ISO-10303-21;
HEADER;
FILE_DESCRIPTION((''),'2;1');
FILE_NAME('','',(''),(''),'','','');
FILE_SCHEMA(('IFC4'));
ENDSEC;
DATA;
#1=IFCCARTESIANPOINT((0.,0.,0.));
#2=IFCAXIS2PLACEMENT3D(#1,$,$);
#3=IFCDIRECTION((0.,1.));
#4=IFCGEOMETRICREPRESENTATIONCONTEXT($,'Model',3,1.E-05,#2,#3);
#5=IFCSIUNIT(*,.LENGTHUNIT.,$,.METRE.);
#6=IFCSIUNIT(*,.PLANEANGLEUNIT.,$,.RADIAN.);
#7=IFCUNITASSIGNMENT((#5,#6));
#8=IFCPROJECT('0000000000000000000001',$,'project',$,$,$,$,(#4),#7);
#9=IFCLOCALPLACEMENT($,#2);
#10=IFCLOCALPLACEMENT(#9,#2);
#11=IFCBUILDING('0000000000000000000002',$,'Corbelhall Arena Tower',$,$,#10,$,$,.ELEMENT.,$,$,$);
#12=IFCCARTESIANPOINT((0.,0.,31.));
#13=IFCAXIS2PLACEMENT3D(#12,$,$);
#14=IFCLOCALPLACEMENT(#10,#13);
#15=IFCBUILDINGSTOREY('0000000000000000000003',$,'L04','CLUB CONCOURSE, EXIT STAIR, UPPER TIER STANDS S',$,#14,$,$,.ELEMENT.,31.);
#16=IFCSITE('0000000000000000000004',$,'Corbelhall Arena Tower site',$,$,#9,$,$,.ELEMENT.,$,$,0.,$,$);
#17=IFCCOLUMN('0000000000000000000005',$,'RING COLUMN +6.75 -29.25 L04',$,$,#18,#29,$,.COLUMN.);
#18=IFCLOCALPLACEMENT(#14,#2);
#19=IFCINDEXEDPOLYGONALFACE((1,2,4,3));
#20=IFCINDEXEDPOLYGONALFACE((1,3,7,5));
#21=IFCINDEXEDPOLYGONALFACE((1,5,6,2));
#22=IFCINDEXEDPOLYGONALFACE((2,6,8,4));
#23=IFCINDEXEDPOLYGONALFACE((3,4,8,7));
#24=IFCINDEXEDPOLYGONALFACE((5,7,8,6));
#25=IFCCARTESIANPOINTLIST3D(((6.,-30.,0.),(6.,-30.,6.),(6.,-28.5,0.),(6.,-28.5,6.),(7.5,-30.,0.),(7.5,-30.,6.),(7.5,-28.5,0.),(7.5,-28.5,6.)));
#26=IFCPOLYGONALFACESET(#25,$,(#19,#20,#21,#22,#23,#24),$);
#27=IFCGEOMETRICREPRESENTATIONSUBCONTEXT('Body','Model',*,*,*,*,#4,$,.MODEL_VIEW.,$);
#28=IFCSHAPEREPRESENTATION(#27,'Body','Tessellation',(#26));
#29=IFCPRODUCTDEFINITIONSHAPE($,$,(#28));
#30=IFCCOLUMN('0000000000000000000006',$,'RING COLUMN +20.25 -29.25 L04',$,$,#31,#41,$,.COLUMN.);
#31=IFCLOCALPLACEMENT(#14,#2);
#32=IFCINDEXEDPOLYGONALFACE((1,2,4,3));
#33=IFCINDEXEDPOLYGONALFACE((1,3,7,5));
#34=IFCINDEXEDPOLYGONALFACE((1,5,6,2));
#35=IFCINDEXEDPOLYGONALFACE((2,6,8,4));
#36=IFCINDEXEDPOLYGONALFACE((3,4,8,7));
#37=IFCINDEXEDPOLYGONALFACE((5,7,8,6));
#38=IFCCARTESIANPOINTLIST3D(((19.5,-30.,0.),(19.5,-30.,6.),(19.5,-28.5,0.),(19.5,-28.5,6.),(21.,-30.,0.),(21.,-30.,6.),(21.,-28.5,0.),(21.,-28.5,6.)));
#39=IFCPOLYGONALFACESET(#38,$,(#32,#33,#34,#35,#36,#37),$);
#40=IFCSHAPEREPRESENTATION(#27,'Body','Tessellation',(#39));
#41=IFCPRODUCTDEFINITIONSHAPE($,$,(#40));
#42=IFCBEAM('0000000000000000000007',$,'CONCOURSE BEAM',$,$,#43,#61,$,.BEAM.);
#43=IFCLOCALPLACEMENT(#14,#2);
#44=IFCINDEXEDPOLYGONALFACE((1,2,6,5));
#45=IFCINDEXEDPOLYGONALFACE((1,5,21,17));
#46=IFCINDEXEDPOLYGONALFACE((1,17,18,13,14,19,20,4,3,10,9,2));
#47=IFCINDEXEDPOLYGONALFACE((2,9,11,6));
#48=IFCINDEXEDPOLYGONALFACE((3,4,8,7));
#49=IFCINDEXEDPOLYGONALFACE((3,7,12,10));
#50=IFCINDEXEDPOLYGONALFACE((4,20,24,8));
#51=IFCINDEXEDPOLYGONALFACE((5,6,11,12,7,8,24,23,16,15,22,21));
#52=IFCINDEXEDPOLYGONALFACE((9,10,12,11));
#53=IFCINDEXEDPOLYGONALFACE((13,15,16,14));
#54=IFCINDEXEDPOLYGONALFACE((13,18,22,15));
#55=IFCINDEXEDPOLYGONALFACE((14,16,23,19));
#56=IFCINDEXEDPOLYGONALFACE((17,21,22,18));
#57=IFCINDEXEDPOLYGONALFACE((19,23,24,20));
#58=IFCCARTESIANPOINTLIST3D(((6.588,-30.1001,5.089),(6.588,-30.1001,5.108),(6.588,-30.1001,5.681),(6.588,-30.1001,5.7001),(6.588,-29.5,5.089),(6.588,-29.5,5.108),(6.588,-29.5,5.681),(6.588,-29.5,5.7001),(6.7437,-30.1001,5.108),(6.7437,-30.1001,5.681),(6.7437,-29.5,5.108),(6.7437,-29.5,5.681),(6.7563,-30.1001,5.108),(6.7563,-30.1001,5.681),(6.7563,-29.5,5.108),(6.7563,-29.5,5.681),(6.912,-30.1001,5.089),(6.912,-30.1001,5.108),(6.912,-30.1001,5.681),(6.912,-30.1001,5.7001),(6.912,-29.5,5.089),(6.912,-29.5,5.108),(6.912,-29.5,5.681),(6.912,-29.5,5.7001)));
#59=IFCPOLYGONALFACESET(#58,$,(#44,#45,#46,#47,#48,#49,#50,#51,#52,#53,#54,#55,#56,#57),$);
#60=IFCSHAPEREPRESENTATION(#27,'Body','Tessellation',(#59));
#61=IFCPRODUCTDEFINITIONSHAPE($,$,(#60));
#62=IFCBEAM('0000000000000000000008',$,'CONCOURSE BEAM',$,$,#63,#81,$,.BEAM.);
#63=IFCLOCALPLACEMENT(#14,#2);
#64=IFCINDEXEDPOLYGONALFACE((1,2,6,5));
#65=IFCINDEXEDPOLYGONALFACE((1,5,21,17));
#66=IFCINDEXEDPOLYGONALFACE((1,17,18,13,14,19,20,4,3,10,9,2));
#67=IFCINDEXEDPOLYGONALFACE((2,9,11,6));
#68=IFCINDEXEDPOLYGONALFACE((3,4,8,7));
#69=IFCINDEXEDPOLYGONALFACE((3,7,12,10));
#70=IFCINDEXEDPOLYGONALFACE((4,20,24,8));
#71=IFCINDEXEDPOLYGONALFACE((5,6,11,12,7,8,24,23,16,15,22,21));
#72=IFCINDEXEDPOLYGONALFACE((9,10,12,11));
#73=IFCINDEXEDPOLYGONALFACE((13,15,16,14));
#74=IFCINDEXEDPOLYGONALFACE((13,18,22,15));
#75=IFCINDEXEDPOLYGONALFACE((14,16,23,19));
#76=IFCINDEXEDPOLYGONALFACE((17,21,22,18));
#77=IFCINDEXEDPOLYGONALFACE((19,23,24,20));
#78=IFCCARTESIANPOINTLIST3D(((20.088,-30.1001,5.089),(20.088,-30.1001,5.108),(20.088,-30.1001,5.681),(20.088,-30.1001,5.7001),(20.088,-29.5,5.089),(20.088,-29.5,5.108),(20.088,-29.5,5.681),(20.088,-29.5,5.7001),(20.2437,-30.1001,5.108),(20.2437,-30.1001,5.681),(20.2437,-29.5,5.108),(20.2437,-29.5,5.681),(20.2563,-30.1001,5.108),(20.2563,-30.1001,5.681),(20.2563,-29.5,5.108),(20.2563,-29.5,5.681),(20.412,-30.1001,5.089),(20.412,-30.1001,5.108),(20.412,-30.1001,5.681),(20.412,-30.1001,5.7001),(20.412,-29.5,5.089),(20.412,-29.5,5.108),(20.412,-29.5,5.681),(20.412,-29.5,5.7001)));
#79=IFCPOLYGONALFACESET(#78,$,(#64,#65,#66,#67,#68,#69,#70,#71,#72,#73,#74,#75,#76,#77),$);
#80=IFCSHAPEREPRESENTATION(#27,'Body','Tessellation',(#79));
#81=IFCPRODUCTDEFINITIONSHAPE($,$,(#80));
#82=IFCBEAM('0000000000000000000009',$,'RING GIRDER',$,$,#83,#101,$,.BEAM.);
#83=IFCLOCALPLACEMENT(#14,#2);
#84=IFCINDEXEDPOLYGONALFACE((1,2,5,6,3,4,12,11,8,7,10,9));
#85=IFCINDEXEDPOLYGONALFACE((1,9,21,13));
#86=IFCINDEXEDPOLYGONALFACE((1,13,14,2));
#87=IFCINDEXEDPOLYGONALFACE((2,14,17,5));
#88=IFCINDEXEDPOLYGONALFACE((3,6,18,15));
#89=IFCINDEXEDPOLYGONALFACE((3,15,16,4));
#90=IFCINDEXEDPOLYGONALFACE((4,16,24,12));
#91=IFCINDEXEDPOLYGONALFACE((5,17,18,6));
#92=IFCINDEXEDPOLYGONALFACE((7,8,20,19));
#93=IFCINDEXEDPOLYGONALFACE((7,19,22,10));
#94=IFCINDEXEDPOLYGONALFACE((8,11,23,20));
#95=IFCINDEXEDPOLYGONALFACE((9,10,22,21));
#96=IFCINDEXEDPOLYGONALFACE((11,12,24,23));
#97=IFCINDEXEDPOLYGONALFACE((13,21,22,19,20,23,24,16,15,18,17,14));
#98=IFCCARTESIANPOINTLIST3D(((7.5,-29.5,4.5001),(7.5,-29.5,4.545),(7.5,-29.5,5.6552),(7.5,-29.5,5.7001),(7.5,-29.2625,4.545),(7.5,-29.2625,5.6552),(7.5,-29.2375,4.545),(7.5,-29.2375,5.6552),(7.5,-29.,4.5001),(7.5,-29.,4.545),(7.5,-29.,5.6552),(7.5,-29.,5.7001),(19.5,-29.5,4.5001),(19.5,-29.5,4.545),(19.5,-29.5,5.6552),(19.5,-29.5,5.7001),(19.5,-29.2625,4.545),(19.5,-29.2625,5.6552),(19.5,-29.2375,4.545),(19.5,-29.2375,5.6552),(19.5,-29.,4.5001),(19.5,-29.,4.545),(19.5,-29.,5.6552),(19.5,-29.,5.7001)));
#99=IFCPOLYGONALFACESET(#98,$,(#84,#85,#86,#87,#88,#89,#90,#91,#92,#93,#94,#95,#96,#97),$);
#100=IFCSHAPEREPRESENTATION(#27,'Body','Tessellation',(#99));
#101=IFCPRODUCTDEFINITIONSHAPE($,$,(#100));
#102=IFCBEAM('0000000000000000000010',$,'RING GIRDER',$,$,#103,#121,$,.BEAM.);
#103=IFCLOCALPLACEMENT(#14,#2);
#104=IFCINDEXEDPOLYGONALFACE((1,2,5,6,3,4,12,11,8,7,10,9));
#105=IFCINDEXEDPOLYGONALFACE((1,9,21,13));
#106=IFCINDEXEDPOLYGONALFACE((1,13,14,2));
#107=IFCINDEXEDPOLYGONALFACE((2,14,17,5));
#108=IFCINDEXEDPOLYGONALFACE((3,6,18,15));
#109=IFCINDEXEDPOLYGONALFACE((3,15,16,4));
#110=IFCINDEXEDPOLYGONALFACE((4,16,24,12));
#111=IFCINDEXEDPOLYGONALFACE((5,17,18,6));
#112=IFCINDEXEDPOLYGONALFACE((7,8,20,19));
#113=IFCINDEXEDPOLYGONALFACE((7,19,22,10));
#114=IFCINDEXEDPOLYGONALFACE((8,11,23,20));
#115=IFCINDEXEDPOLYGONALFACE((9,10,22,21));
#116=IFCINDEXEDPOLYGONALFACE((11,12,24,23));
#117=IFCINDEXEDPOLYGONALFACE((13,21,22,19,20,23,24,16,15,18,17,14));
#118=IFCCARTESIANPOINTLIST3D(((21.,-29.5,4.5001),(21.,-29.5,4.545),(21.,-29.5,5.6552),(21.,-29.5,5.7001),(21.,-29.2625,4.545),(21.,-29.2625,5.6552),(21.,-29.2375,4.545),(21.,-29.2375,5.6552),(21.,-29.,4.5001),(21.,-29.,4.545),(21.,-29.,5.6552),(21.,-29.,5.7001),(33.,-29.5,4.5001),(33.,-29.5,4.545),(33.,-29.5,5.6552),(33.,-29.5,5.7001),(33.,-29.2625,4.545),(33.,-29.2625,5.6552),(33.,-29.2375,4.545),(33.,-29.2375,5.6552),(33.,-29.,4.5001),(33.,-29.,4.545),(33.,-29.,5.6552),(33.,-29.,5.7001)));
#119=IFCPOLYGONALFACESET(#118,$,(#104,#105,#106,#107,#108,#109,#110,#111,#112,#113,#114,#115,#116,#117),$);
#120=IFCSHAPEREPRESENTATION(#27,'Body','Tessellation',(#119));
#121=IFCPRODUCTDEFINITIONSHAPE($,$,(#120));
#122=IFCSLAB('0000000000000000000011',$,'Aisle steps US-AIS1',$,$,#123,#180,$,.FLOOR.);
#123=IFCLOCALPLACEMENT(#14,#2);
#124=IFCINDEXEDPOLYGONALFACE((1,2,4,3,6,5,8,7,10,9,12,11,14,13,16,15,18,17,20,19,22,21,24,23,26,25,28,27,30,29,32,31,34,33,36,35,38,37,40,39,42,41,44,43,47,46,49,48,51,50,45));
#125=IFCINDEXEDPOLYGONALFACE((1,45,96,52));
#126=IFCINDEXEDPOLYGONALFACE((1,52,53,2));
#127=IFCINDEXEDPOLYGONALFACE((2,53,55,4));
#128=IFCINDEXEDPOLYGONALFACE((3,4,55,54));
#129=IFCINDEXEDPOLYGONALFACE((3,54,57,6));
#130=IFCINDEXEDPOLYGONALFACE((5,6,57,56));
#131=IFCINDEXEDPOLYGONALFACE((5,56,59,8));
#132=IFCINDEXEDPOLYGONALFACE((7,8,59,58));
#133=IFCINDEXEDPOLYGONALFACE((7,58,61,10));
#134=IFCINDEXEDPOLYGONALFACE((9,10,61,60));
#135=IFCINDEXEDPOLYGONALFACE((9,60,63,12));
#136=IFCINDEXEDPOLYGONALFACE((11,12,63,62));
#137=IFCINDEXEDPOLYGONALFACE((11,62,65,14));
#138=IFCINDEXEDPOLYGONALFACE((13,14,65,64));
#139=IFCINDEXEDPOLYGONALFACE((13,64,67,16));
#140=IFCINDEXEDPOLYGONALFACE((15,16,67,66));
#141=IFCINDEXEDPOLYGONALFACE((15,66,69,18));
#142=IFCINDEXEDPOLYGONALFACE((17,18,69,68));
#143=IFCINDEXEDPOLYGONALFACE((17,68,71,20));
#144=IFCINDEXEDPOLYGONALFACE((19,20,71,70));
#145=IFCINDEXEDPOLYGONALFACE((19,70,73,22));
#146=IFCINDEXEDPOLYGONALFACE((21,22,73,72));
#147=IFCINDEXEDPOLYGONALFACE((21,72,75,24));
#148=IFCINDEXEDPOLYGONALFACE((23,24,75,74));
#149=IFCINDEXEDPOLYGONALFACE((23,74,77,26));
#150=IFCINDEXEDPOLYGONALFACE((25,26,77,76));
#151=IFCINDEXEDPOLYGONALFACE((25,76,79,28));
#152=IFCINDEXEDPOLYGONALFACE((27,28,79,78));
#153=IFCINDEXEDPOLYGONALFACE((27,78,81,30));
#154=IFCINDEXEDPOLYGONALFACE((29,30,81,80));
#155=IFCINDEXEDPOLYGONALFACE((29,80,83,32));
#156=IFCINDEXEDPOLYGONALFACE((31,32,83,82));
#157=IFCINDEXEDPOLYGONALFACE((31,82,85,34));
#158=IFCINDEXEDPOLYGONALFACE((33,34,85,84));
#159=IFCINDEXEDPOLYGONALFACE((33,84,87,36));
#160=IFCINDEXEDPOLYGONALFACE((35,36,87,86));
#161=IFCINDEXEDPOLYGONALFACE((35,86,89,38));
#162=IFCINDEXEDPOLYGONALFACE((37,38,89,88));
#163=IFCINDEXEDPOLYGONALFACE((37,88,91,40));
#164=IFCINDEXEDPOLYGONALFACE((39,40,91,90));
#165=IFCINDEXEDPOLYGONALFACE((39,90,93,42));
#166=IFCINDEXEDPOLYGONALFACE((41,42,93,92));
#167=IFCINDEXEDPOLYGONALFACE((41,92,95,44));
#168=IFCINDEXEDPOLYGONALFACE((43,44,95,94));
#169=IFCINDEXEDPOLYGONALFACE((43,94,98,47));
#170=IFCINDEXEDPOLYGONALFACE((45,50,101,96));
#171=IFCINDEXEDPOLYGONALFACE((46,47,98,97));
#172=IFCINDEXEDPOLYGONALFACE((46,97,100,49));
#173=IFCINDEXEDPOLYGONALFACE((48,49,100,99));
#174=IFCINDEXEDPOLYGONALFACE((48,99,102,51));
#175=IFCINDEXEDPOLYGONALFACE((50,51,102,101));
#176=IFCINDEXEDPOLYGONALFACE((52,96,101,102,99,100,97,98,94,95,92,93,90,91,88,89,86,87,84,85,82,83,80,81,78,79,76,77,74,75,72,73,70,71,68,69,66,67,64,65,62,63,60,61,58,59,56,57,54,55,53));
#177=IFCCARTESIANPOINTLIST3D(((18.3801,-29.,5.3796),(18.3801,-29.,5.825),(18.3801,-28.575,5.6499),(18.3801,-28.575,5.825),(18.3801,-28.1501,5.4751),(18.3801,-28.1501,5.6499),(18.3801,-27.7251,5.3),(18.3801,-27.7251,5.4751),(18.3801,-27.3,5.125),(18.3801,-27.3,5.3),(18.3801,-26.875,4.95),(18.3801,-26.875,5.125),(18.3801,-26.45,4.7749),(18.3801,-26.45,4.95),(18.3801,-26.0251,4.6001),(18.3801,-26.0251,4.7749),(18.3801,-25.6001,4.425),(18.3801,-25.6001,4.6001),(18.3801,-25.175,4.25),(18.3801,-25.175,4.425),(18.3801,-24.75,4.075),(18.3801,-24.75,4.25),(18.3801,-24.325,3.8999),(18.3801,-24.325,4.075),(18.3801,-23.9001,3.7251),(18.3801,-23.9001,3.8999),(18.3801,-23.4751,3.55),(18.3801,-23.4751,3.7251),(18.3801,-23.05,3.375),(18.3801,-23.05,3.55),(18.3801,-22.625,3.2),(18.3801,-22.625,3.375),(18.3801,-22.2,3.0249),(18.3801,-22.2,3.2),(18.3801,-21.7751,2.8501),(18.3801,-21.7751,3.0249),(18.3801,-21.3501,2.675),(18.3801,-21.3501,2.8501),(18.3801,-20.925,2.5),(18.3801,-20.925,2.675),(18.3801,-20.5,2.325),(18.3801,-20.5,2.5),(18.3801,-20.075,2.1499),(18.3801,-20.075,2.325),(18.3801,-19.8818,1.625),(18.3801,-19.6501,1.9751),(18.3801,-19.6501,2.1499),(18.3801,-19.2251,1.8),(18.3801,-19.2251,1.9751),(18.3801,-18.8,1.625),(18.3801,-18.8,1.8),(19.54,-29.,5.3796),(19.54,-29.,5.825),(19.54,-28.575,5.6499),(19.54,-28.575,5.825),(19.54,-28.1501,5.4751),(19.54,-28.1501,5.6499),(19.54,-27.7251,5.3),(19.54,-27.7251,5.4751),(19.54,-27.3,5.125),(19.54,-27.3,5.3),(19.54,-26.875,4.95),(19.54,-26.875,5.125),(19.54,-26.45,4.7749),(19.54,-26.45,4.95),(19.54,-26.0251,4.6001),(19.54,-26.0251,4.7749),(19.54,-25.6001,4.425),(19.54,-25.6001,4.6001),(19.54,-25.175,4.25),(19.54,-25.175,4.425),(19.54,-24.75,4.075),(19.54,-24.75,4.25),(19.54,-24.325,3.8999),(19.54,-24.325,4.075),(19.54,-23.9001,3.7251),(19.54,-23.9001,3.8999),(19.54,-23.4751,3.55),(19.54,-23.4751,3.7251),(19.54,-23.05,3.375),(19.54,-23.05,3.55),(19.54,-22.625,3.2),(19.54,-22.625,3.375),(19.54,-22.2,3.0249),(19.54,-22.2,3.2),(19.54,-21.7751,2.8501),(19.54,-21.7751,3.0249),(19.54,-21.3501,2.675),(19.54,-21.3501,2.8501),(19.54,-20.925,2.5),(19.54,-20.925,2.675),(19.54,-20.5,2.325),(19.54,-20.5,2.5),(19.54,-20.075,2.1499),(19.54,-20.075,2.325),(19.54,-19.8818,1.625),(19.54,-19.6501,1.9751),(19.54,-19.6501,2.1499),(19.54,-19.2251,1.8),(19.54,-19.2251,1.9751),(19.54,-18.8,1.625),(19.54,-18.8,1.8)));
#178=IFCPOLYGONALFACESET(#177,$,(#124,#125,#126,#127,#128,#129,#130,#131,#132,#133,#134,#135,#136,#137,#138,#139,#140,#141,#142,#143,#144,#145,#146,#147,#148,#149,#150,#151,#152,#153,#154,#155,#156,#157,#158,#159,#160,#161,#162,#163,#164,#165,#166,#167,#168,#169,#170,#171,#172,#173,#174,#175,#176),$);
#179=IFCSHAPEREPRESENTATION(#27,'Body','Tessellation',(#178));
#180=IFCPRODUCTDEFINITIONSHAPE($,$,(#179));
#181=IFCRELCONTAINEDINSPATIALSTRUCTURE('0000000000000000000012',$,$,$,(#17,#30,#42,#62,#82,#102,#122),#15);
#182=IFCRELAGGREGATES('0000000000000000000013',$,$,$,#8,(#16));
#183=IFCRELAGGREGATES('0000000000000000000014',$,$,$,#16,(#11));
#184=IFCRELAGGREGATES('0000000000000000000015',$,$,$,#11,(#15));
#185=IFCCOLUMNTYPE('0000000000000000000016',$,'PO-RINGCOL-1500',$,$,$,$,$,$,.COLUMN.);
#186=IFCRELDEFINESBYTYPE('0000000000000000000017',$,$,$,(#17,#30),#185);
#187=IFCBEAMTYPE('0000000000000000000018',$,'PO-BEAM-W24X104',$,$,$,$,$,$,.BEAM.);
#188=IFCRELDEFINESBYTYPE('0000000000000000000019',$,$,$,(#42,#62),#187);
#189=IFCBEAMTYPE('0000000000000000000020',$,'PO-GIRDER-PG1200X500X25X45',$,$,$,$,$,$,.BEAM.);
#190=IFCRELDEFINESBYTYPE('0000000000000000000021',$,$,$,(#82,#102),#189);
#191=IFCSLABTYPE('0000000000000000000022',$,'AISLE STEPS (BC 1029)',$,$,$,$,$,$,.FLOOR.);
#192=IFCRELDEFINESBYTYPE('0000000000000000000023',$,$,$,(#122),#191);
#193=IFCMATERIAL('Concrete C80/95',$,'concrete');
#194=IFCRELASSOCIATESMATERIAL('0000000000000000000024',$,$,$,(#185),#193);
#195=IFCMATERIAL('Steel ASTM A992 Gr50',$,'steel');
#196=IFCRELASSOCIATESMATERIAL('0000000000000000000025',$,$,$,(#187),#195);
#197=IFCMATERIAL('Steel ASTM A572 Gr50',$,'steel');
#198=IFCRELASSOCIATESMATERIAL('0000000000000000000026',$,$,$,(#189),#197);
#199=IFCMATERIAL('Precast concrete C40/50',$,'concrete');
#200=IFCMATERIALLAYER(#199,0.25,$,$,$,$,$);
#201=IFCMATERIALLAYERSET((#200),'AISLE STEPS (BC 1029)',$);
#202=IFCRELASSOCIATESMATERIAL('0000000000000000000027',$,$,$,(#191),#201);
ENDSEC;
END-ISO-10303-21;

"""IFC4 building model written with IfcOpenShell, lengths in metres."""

from ifc_helpers import new_model, si_unit, direction, frame, origin, origin_2d, place, context, subcontext, project, spatial, polyline, rectangle, i_section, outline, extrude, material, layer, layer_set, material_profile, profile_set, type_object, element, save


model = new_model("IFC4")

# Units and contexts
model_context = context("Model", 3, precision=1e-05, world=origin(), true_north=direction((0.0, 1.0)))
body_context = subcontext(model_context, "Body", "Model", "MODEL_VIEW")
ifc_project = project(units=[si_unit("LENGTHUNIT", "METRE"), si_unit("PLANEANGLEUNIT", "RADIAN")], contexts=[model_context])

# Site, building, storey
site_placement = place(None, origin())
site = spatial("IfcSite", under=ifc_project, at=site_placement, Name="Corbelhall Arena Tower site", CompositionType="ELEMENT", RefElevation=0.0)
building_placement = place(site_placement, origin())
building = spatial("IfcBuilding", under=site, at=building_placement, Name="Corbelhall Arena Tower", CompositionType="ELEMENT")
storey_placement = place(building_placement, frame((0.0, 0.0, 31.0)))
storey = spatial("IfcBuildingStorey", under=building, at=storey_placement, Name="L04", Description="CLUB CONCOURSE, EXIT STAIR, UPPER TIER STANDS S", CompositionType="ELEMENT", Elevation=31.0)

# Columns
ifc_material_1 = material(Name="Concrete C80/95", Category="concrete")
ifc_material_profile_1 = material_profile(ifc_material_1, rectangle(XDim=1.5, YDim=1.5, at=origin_2d()))
ifc_profile_set_1 = profile_set([ifc_material_profile_1], Name="Concrete C80/95")
column_type = type_object("IfcColumnType", Name="PO-RINGCOL-1500", PredefinedType="COLUMN", material=ifc_profile_set_1)
for number, where, z_axis, x_axis, name in (
    (1, (6.75, -29.25, 0.0), (0.0, 0.0, 1.0), (1.0, 0.0, 0.0), "RING COLUMN +6.75 -29.25 L04"),
    (2, (20.25, -29.25, 0.0), (0.0, 0.0, 1.0), (1.0, 0.0, 0.0), "RING COLUMN +20.25 -29.25 L04"),
):
    element("IfcColumn", number, at=place(storey_placement, frame(where, z_axis=z_axis, x_axis=x_axis)), inside=storey, type_object=column_type, Name=name, PredefinedType="COLUMN", context=body_context, shape_type="SweptSolid", body=[
        extrude(rectangle(XDim=1.5, YDim=1.5, at=origin_2d()), origin(), (0.0, 0.0, 1.0), 6.0),
    ])

# Beams
ifc_material_2 = material(Name="Steel ASTM A992 Gr50", Category="steel")
ifc_material_profile_2 = material_profile(ifc_material_2, i_section(OverallWidth=0.324, OverallDepth=0.6111, WebThickness=0.0127, FlangeThickness=0.019, at=origin_2d()))
ifc_profile_set_2 = profile_set([ifc_material_profile_2], Name="Steel ASTM A992 Gr50")
beam_type_1 = type_object("IfcBeamType", Name="PO-BEAM-W24X104", PredefinedType="BEAM", material=ifc_profile_set_2)
for number, where, z_axis, x_axis, name in (
    (3, (6.75, -29.5, 5.3945), (0.0, -1.0, 0.0), (1.0, 0.0, 0.0), "CONCOURSE BEAM"),
    (4, (20.25, -29.5, 5.3945), (0.0, -1.0, 0.0), (1.0, 0.0, 0.0), "CONCOURSE BEAM"),
):
    element("IfcBeam", number, at=place(storey_placement, frame(where, z_axis=z_axis, x_axis=x_axis)), inside=storey, type_object=beam_type_1, Name=name, PredefinedType="BEAM", context=body_context, shape_type="SweptSolid", body=[
        extrude(i_section(OverallWidth=0.324, OverallDepth=0.6111, WebThickness=0.0127, FlangeThickness=0.019, at=origin_2d()), origin(), (0.0, 0.0, 1.0), 0.6001),
    ])
ifc_material_3 = material(Name="Steel ASTM A572 Gr50", Category="steel")
ifc_material_profile_3 = material_profile(ifc_material_3, i_section(OverallWidth=0.5, OverallDepth=1.2, WebThickness=0.0249, FlangeThickness=0.0449, at=origin_2d()))
ifc_profile_set_3 = profile_set([ifc_material_profile_3], Name="Steel ASTM A572 Gr50")
beam_type_2 = type_object("IfcBeamType", Name="PO-GIRDER-PG1200X500X25X45", PredefinedType="BEAM", material=ifc_profile_set_3)
for number, where, z_axis, x_axis, name in (
    (5, (7.5, -29.25, 5.1001), (1.0, 0.0, 0.0), (0.0, 1.0, 0.0), "RING GIRDER"),
    (6, (21.0, -29.25, 5.1001), (1.0, 0.0, 0.0), (0.0, 1.0, 0.0), "RING GIRDER"),
):
    element("IfcBeam", number, at=place(storey_placement, frame(where, z_axis=z_axis, x_axis=x_axis)), inside=storey, type_object=beam_type_2, Name=name, PredefinedType="BEAM", context=body_context, shape_type="SweptSolid", body=[
        extrude(i_section(OverallWidth=0.5, OverallDepth=1.2, WebThickness=0.0249, FlangeThickness=0.0449, at=origin_2d()), origin(), (0.0, 0.0, 1.0), 12.0),
    ])

# Slab
ifc_material_4 = material(Name="Precast concrete C40/50", Category="concrete")
ifc_layer_1 = layer(ifc_material_4, 0.25)
ifc_layer_set_1 = layer_set([ifc_layer_1], Name="AISLE STEPS (BC 1029)")
slab_type_1 = type_object("IfcSlabType", Name="AISLE STEPS (BC 1029)", PredefinedType="FLOOR", material=ifc_layer_set_1)
for number, where, z_axis, x_axis, name in (
    (7, (18.96, -18.8, 1.625), (0.0, 0.0, 1.0), (0.0, -1.0, 0.0), "Aisle steps US-AIS1"),
):
    element("IfcSlab", number, at=place(storey_placement, frame(where, z_axis=z_axis, x_axis=x_axis)), inside=storey, type_object=slab_type_1, Name=name, PredefinedType="FLOOR", context=body_context, shape_type="SweptSolid", body=[
        extrude(outline(polyline([(0.0, 0.0), (0.0, 0.175), (0.425, 0.175), (0.425, 0.3501), (0.8501, 0.3501), (0.8501, 0.5249), (1.2749, 0.5249), (1.2749, 0.7), (1.7, 0.7), (1.7, 0.875), (2.125, 0.875), (2.125, 1.05), (2.55, 1.05), (2.55, 1.2251), (2.9751, 1.2251), (2.9751, 1.3999), (3.3999, 1.3999), (3.3999, 1.575), (3.825, 1.575), (3.825, 1.75), (4.25, 1.75), (4.25, 1.925), (4.675, 1.925), (4.675, 2.1001), (5.1001, 2.1001), (5.1001, 2.2749), (5.5249, 2.2749), (5.5249, 2.45), (5.95, 2.45), (5.95, 2.625), (6.375, 2.625), (6.375, 2.8), (6.8, 2.8), (6.8, 2.9751), (7.2251, 2.9751), (7.2251, 3.1499), (7.6499, 3.1499), (7.6499, 3.325), (8.075, 3.325), (8.075, 3.5), (8.5, 3.5), (8.5, 3.675), (8.925, 3.675), (8.925, 3.8501), (9.3501, 3.8501), (9.3501, 4.0249), (9.7749, 4.0249), (9.7749, 4.2), (10.2, 4.2), (10.2, 4.375), (10.2, 3.7546), (1.0818, 0.0), (0.0, 0.0)])), frame((0.0, 0.5801, 0.0), z_axis=(0.0, -1.0, 0.0), x_axis=(1.0, 0.0, 0.0)), (0.0, 0.0, 1.0), 1.1599),
    ])

save(model, "model.ifc")
